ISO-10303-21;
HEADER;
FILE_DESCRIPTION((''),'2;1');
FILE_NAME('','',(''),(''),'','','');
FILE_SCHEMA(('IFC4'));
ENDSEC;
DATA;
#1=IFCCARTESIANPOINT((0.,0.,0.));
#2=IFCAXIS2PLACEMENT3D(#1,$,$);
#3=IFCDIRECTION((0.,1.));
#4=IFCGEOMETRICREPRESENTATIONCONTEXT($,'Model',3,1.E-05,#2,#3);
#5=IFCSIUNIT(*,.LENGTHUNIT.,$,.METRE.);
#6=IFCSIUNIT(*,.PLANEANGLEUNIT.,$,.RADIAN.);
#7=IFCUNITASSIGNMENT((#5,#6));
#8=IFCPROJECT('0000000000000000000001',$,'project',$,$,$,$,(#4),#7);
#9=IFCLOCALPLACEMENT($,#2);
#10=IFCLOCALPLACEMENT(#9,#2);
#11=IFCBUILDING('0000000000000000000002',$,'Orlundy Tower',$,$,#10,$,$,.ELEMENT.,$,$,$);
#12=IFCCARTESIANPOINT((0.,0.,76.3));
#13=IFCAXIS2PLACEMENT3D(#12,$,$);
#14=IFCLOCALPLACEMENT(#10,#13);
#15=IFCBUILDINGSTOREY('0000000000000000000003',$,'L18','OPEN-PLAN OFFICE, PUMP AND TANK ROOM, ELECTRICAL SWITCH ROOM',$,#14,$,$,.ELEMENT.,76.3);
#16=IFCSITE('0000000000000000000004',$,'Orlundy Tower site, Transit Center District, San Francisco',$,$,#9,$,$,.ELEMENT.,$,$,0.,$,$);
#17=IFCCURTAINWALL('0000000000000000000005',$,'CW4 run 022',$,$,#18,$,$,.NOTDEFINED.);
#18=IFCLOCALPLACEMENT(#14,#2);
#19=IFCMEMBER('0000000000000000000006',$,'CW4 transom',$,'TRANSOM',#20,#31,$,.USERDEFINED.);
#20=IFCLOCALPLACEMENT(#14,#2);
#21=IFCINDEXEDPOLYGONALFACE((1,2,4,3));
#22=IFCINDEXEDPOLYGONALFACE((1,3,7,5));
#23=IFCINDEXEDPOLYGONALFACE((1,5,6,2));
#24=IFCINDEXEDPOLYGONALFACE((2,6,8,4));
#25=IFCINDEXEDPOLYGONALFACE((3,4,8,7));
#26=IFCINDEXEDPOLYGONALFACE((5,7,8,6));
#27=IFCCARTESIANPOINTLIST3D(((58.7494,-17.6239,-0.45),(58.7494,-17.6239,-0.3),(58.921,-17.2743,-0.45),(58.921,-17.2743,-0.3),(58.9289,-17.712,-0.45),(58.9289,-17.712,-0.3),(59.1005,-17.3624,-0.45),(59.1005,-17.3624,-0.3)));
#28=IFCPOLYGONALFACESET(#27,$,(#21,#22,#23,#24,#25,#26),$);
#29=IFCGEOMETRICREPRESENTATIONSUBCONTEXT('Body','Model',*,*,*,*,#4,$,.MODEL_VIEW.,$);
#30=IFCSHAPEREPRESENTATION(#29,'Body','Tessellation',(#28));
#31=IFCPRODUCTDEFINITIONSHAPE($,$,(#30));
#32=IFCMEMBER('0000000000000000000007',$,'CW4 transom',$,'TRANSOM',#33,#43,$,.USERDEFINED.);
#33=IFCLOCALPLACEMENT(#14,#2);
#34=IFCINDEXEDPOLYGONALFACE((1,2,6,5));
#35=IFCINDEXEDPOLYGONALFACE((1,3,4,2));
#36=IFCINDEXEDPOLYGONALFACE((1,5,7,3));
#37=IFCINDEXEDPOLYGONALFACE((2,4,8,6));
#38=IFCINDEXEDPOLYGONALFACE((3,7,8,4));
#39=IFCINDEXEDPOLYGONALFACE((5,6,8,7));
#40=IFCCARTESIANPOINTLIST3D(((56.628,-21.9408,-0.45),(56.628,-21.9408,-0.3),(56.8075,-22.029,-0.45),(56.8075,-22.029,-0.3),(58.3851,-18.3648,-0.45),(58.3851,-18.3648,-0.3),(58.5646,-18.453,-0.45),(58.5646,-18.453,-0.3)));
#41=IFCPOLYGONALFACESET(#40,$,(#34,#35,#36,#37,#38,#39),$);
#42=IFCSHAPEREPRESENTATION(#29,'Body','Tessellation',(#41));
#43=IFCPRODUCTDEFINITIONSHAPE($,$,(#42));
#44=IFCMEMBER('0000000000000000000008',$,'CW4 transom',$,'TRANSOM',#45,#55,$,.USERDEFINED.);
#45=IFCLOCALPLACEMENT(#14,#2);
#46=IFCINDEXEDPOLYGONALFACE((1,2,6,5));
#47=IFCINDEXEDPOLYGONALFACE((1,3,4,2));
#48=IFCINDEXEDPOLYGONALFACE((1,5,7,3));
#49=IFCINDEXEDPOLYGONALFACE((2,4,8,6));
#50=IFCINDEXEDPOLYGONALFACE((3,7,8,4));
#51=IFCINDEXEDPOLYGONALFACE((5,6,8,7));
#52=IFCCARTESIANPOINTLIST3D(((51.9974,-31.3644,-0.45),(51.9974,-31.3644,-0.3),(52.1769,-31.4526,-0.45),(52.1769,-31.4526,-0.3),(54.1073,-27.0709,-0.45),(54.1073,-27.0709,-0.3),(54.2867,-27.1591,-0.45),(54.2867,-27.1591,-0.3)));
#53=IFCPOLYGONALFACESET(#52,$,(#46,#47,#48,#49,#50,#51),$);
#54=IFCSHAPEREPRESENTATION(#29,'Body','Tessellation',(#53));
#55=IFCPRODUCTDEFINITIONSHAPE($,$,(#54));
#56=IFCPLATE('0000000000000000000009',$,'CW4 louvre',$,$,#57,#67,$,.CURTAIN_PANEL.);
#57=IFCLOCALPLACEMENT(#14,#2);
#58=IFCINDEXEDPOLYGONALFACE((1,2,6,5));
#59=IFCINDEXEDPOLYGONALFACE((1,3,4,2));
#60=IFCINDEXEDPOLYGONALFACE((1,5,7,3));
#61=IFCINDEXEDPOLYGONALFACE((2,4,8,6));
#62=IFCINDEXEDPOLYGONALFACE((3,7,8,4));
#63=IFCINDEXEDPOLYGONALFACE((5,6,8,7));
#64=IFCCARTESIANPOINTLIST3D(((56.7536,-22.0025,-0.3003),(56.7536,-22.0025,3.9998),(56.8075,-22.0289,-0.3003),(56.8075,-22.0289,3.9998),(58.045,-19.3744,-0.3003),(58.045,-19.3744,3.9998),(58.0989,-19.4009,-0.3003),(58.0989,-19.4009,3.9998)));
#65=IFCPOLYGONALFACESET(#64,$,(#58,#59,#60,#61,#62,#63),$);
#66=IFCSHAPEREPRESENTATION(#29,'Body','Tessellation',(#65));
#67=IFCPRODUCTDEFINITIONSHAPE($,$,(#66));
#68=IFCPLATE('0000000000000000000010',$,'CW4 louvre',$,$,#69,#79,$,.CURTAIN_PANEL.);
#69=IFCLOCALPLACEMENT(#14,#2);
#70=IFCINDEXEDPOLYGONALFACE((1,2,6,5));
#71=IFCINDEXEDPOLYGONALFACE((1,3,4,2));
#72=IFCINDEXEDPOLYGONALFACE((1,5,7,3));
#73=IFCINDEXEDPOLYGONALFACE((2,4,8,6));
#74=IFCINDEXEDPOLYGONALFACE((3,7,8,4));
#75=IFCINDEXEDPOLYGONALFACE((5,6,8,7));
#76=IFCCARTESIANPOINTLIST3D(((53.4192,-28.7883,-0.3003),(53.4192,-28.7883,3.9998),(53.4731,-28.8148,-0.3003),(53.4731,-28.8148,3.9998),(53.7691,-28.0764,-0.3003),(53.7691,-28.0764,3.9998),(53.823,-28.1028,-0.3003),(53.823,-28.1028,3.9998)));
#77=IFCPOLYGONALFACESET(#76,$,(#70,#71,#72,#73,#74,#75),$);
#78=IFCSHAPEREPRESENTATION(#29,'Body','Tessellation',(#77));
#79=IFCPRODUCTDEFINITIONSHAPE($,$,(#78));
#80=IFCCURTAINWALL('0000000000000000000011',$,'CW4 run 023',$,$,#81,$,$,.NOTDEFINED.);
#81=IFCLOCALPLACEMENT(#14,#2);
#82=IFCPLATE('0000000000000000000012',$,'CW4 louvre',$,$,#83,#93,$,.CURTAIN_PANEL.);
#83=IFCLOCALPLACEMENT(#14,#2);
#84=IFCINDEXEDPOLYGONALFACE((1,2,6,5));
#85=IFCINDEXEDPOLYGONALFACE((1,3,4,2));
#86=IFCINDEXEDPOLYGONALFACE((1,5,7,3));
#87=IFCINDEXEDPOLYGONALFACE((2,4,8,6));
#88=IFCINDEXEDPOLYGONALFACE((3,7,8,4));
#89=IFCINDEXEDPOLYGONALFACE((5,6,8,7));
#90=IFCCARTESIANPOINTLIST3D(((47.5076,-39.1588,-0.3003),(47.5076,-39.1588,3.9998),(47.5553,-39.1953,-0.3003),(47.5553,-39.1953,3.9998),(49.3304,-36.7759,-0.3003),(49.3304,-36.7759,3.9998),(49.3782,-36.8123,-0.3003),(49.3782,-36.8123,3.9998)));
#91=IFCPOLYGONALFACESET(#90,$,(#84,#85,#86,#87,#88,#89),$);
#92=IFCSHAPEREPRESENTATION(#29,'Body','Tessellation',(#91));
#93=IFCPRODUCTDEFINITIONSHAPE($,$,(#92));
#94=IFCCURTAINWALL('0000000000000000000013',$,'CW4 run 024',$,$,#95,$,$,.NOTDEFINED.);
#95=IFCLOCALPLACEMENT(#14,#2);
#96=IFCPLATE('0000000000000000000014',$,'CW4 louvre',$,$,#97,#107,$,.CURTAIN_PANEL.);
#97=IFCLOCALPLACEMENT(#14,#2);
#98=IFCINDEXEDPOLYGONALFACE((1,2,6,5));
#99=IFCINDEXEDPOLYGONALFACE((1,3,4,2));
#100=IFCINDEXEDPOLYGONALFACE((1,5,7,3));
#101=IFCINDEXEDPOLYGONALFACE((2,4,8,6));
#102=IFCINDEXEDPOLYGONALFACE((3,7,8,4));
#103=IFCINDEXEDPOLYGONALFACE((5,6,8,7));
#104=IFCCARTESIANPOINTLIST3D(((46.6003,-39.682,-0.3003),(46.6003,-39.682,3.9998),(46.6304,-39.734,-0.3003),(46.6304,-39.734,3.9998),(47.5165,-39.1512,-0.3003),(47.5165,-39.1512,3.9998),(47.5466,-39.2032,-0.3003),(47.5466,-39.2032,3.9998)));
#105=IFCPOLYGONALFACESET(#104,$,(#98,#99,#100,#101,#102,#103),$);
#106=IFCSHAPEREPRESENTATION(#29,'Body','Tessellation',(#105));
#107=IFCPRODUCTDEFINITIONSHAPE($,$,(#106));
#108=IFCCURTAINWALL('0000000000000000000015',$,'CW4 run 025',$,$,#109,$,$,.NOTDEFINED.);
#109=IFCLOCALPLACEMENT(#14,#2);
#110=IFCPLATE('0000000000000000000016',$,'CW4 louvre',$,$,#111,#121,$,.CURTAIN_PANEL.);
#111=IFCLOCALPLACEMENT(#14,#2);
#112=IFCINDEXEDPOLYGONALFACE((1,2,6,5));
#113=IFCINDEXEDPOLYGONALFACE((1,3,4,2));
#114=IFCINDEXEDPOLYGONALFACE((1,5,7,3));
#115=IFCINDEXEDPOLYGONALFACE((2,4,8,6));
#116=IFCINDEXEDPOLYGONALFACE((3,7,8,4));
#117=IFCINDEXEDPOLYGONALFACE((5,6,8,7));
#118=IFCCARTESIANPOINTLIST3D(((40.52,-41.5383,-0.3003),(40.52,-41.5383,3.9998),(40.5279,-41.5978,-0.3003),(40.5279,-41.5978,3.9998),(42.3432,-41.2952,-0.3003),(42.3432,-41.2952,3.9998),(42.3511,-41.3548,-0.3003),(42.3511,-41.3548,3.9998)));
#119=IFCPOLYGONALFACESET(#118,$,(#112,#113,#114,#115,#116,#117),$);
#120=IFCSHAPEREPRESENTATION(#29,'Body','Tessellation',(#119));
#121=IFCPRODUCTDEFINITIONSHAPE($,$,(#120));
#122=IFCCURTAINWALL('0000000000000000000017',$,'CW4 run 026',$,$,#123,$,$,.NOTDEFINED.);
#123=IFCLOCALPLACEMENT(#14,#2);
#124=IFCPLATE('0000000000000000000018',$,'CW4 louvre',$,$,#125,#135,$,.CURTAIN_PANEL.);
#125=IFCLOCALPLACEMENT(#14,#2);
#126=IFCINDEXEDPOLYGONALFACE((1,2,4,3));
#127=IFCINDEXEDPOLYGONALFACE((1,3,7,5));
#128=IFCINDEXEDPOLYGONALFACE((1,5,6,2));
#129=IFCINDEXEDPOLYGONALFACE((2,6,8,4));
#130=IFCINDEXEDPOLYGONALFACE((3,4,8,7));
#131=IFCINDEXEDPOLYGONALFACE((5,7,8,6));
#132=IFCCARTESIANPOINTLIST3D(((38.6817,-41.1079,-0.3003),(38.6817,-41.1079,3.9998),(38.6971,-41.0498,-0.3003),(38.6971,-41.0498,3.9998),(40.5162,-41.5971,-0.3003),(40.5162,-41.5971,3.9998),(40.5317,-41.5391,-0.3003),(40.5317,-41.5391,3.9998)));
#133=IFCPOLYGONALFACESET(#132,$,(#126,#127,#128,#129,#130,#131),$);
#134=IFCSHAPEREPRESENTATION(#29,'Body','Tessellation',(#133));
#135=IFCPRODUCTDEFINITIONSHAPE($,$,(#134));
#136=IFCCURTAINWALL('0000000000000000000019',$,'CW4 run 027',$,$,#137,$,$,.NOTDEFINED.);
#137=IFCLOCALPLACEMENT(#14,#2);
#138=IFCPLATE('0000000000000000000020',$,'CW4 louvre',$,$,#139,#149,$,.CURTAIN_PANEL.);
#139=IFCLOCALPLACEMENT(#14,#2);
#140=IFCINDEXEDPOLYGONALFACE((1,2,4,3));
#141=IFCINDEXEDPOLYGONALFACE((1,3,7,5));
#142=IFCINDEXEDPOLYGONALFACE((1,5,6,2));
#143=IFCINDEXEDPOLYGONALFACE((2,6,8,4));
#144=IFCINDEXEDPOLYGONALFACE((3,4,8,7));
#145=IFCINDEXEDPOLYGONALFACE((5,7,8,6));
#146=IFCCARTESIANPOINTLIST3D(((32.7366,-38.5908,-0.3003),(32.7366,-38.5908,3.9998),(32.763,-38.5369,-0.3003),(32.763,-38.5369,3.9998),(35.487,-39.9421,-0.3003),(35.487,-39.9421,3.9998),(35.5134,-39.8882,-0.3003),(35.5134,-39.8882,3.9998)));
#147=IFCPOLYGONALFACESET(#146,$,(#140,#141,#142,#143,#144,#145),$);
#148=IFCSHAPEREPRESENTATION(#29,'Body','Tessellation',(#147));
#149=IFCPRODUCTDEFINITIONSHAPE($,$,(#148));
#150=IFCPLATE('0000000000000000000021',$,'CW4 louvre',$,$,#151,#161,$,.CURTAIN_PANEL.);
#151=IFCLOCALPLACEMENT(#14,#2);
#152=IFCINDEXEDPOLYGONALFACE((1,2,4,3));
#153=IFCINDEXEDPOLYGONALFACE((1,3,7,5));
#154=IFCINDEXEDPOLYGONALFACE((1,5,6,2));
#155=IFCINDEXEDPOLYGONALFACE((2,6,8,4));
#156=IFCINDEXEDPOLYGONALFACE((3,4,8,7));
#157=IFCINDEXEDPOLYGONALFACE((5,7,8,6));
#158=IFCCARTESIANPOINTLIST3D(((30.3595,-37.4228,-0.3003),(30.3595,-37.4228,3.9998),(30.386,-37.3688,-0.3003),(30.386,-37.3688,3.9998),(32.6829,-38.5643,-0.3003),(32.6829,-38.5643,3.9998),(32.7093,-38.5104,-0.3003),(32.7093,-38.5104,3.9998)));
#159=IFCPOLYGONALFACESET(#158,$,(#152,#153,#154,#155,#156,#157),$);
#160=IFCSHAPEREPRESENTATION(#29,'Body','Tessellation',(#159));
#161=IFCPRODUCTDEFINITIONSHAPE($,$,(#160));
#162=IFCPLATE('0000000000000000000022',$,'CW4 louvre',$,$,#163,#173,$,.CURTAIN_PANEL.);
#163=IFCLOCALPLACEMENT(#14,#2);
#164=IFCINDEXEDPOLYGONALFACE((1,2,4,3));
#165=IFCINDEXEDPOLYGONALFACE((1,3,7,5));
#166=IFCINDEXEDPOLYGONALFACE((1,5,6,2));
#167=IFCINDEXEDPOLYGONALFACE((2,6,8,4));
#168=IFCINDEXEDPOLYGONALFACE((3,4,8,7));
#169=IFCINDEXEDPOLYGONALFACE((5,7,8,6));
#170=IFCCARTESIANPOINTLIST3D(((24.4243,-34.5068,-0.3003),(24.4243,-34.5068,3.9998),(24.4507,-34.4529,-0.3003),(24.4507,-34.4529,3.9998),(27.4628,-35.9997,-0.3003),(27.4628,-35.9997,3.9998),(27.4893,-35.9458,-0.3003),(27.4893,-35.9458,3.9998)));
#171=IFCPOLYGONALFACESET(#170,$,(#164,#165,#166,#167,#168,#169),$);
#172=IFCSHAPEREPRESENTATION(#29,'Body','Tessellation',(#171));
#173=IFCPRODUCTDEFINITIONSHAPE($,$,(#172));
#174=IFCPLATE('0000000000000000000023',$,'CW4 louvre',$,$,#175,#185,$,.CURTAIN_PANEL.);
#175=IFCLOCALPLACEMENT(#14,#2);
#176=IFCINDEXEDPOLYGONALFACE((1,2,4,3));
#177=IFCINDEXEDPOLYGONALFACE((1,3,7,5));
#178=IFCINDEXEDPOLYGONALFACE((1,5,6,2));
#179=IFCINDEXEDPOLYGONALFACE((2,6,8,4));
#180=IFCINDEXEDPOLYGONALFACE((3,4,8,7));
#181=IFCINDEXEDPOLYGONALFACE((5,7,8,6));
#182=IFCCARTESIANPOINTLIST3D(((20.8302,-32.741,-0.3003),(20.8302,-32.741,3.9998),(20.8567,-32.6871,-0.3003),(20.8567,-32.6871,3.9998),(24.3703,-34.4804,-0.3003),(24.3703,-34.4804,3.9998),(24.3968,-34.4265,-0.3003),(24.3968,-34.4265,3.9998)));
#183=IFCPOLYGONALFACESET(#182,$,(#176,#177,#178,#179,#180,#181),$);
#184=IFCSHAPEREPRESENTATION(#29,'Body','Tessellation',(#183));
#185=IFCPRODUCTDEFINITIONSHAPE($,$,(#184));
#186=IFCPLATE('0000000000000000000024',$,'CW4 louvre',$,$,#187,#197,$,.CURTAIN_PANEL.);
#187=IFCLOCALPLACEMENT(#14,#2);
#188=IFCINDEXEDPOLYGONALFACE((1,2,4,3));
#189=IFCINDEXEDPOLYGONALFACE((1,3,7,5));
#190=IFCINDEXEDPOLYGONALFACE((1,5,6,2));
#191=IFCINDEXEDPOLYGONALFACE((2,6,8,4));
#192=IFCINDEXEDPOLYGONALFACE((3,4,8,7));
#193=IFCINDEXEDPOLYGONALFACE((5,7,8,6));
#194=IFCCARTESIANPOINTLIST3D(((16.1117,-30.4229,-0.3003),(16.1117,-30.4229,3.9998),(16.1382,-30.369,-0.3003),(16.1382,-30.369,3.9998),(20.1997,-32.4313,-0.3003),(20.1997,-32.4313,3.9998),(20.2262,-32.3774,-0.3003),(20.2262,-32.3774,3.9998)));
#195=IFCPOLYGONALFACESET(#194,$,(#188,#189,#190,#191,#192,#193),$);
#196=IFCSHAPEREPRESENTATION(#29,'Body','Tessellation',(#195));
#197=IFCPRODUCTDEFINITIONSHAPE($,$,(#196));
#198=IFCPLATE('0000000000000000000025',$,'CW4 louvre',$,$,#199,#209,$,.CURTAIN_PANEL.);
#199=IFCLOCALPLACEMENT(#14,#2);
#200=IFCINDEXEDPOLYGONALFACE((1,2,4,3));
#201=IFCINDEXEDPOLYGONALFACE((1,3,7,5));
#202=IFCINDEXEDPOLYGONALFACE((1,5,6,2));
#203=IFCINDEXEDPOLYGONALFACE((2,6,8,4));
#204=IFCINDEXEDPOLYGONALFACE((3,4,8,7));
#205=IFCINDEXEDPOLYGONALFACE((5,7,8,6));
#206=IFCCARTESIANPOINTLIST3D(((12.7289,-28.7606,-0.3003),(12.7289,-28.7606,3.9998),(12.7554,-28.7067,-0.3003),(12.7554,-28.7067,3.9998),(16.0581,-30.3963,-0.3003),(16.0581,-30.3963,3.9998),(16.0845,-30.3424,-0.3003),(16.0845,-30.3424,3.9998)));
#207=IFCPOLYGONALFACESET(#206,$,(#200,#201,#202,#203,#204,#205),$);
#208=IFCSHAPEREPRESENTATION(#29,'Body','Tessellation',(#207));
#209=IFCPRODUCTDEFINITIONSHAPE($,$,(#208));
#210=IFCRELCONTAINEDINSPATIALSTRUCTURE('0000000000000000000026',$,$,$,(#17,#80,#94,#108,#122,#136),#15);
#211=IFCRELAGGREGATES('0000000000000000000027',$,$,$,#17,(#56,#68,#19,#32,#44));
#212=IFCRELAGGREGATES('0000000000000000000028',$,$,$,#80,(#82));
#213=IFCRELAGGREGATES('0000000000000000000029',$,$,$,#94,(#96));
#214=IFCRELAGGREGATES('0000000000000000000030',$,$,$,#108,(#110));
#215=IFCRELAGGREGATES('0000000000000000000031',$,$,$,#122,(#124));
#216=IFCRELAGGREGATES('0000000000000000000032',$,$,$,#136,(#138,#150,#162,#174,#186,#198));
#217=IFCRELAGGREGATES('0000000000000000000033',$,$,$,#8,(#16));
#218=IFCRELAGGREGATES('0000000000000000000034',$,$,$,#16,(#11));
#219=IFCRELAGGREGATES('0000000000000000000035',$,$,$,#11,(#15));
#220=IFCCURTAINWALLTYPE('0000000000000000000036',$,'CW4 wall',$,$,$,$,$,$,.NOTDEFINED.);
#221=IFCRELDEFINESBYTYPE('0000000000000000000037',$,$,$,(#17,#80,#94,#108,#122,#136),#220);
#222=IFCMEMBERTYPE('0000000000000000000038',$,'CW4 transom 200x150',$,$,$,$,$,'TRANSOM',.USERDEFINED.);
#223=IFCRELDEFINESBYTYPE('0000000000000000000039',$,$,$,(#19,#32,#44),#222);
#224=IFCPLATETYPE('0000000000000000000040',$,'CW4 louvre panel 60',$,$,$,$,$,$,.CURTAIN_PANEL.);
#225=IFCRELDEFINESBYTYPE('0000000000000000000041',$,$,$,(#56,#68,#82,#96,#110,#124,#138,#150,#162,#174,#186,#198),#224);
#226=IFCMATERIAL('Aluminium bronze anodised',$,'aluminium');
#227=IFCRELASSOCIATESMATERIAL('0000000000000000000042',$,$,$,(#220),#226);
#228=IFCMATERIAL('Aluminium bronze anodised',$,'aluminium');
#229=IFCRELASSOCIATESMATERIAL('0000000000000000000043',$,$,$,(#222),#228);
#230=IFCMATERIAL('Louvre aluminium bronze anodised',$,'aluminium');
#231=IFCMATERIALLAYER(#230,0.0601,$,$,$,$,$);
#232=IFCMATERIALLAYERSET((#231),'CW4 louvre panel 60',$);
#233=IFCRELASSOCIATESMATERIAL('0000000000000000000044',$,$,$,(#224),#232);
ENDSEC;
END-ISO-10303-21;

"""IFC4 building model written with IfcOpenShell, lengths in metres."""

from ifc_helpers import new_model, si_unit, direction, frame, origin, origin_2d, place, context, subcontext, project, spatial, rectangle, extrude, material, layer, layer_set, material_profile, profile_set, type_object, element, aggregate, save


model = new_model("IFC4")

# Units and contexts
model_context = context("Model", 3, precision=1e-05, world=origin(), true_north=direction((0.0, 1.0)))
body_context = subcontext(model_context, "Body", "Model", "MODEL_VIEW")
ifc_project = project(units=[si_unit("LENGTHUNIT", "METRE"), si_unit("PLANEANGLEUNIT", "RADIAN")], contexts=[model_context])

# Site, building, storey
site_placement = place(None, origin())
site = spatial("IfcSite", under=ifc_project, at=site_placement, Name="Orlundy Tower site, Transit Center District, San Francisco", CompositionType="ELEMENT", RefElevation=0.0)
building_placement = place(site_placement, origin())
building = spatial("IfcBuilding", under=site, at=building_placement, Name="Orlundy Tower", CompositionType="ELEMENT")
storey_placement = place(building_placement, frame((0.0, 0.0, 76.3)))
storey = spatial("IfcBuildingStorey", under=building, at=storey_placement, Name="L18", Description="OPEN-PLAN OFFICE, PUMP AND TANK ROOM, ELECTRICAL SWITCH ROOM", CompositionType="ELEMENT", Elevation=76.3)

# Curtain wall, members, plates
ifc_material_1 = material(Name="Aluminium bronze anodised", Category="aluminium")
curtain_wall_type = type_object("IfcCurtainWallType", Name="CW4 wall", PredefinedType="NOTDEFINED", material=ifc_material_1)
curtain_wall_1_placement = place(storey_placement, origin())
curtain_wall_1 = element("IfcCurtainWall", 1, at=curtain_wall_1_placement, inside=storey, type_object=curtain_wall_type, Name="CW4 run 022", PredefinedType="NOTDEFINED")
ifc_material_2 = material(Name="Aluminium bronze anodised", Category="aluminium")
ifc_material_profile = material_profile(ifc_material_2, rectangle(XDim=0.2, YDim=0.1499, at=origin_2d()), Name="CW4 transom 200x150")
ifc_profile_set = profile_set([ifc_material_profile], Name="Aluminium bronze anodised")
member_type = type_object("IfcMemberType", Name="CW4 transom 200x150", ElementType="TRANSOM", PredefinedType="USERDEFINED", material=ifc_profile_set)
member_1_placement = place(storey_placement, frame((59.0107, -17.3184, -0.375), z_axis=(-0.440682, -0.897663, 0.0), x_axis=(0.897663, -0.440682, 0.0)))
member_1 = element("IfcMember", 2, at=member_1_placement, type_object=member_type, Name="CW4 transom", ObjectType="TRANSOM", PredefinedType="USERDEFINED", context=body_context, shape_type="SweptSolid", body=[
    extrude(rectangle(XDim=0.2, YDim=0.1499, at=origin_2d()), origin(), (0.0, 0.0, 1.0), 0.3894),
])
member_2_placement = place(storey_placement, frame((58.4749, -18.4089, -0.375), z_axis=(-0.441002, -0.897506, 0.0), x_axis=(0.897506, -0.441002, 0.0)))
member_2 = element("IfcMember", 3, at=member_2_placement, type_object=member_type, Name="CW4 transom", ObjectType="TRANSOM", PredefinedType="USERDEFINED", context=body_context, shape_type="SweptSolid", body=[
    extrude(rectangle(XDim=0.2, YDim=0.1499, at=origin_2d()), origin(), (0.0, 0.0, 1.0), 3.9844),
])
member_3_placement = place(storey_placement, frame((54.197, -27.115, -0.375), z_axis=(-0.441038, -0.897488, 0.0), x_axis=(0.897488, -0.441038, 0.0)))
member_3 = element("IfcMember", 4, at=member_3_placement, type_object=member_type, Name="CW4 transom", ObjectType="TRANSOM", PredefinedType="USERDEFINED", context=body_context, shape_type="SweptSolid", body=[
    extrude(rectangle(XDim=0.2, YDim=0.1499, at=origin_2d()), origin(), (0.0, 0.0, 1.0), 4.7839),
])
ifc_material_3 = material(Name="Louvre aluminium bronze anodised", Category="aluminium")
ifc_layer_1 = layer(ifc_material_3, 0.0601)
ifc_layer_set_1 = layer_set([ifc_layer_1], Name="CW4 louvre panel 60")
plate_type = type_object("IfcPlateType", Name="CW4 louvre panel 60", PredefinedType="CURTAIN_PANEL", material=ifc_layer_set_1)
plate_1_placement = place(storey_placement, frame((57.4263, -20.7017, -0.3003), z_axis=(0.0, 0.0, 1.0), x_axis=(-0.441012, -0.897501, 0.0)))
plate_1 = element("IfcPlate", 5, at=plate_1_placement, type_object=plate_type, Name="CW4 louvre", PredefinedType="CURTAIN_PANEL", context=body_context, shape_type="SweptSolid", body=[
    extrude(rectangle(XDim=2.9282, YDim=0.0601, at=origin_2d()), origin(), (0.0, 0.0, 1.0), 4.3),
])
plate_2_placement = place(storey_placement, frame((53.6211, -28.4456, -0.3003), z_axis=(0.0, 0.0, 1.0), x_axis=(-0.441012, -0.897501, 0.0)))
plate_2 = element("IfcPlate", 6, at=plate_2_placement, type_object=plate_type, Name="CW4 louvre", PredefinedType="CURTAIN_PANEL", context=body_context, shape_type="SweptSolid", body=[
    extrude(rectangle(XDim=0.7932, YDim=0.0601, at=origin_2d()), origin(), (0.0, 0.0, 1.0), 4.3),
])
aggregate(curtain_wall_1, [plate_1, plate_2, member_1, member_2, member_3])

# Curtain walls, plates
curtain_wall_2_placement = place(storey_placement, origin())
curtain_wall_2 = element("IfcCurtainWall", 7, at=curtain_wall_2_placement, inside=storey, type_object=curtain_wall_type, Name="CW4 run 023", PredefinedType="NOTDEFINED")
plate_3_placement = place(storey_placement, frame((48.4429, -37.9856, -0.3003), z_axis=(0.0, 0.0, 1.0), x_axis=(-0.60757, -0.794266, 0.0)))
plate_3 = element("IfcPlate", 8, at=plate_3_placement, type_object=plate_type, Name="CW4 louvre", PredefinedType="CURTAIN_PANEL", context=body_context, shape_type="SweptSolid", body=[
    extrude(rectangle(XDim=3.0002, YDim=0.0601, at=origin_2d()), origin(), (0.0, 0.0, 1.0), 4.3),
])
aggregate(curtain_wall_2, [plate_3])
curtain_wall_3_placement = place(storey_placement, origin())
curtain_wall_3 = element("IfcCurtainWall", 9, at=curtain_wall_3_placement, inside=storey, type_object=curtain_wall_type, Name="CW4 run 024", PredefinedType="NOTDEFINED")
plate_4_placement = place(storey_placement, frame((47.0735, -39.4426, -0.3003), z_axis=(0.0, 0.0, 1.0), x_axis=(-0.865272, -0.501302, 0.0)))
plate_4 = element("IfcPlate", 10, at=plate_4_placement, type_object=plate_type, Name="CW4 louvre", PredefinedType="CURTAIN_PANEL", context=body_context, shape_type="SweptSolid", body=[
    extrude(rectangle(XDim=1.0588, YDim=0.0601, at=origin_2d()), origin(), (0.0, 0.0, 1.0), 4.3),
])
aggregate(curtain_wall_3, [plate_4])
curtain_wall_4_placement = place(storey_placement, origin())
curtain_wall_4 = element("IfcCurtainWall", 11, at=curtain_wall_4_placement, inside=storey, type_object=curtain_wall_type, Name="CW4 run 025", PredefinedType="NOTDEFINED")
plate_5_placement = place(storey_placement, frame((41.4355, -41.4465, -0.3003), z_axis=(0.0, 0.0, 1.0), x_axis=(-0.991228, -0.132164, 0.0)))
plate_5 = element("IfcPlate", 12, at=plate_5_placement, type_object=plate_type, Name="CW4 louvre", PredefinedType="CURTAIN_PANEL", context=body_context, shape_type="SweptSolid", body=[
    extrude(rectangle(XDim=1.8394, YDim=0.0601, at=origin_2d()), origin(), (0.0, 0.0, 1.0), 4.3),
])
aggregate(curtain_wall_4, [plate_5])
curtain_wall_5_placement = place(storey_placement, origin())
curtain_wall_5 = element("IfcCurtainWall", 13, at=curtain_wall_5_placement, inside=storey, type_object=curtain_wall_type, Name="CW4 run 026", PredefinedType="NOTDEFINED")
plate_6_placement = place(storey_placement, frame((39.6067, -41.3235, -0.3003), z_axis=(0.0, 0.0, 1.0), x_axis=(-0.96623, 0.257679, 0.0)))
plate_6 = element("IfcPlate", 14, at=plate_6_placement, type_object=plate_type, Name="CW4 louvre", PredefinedType="CURTAIN_PANEL", context=body_context, shape_type="SweptSolid", body=[
    extrude(rectangle(XDim=1.8987, YDim=0.0601, at=origin_2d()), origin(), (0.0, 0.0, 1.0), 4.3),
])
aggregate(curtain_wall_5, [plate_6])

# Curtain wall, plates
curtain_wall_6_placement = place(storey_placement, origin())
curtain_wall_6 = element("IfcCurtainWall", 15, at=curtain_wall_6_placement, inside=storey, type_object=curtain_wall_type, Name="CW4 run 027", PredefinedType="NOTDEFINED")
plate_7_placement = place(storey_placement, frame((34.125, -39.2395, -0.3003), z_axis=(0.0, 0.0, 1.0), x_axis=(-0.897522, 0.440969, 0.0)))
plate_7 = element("IfcPlate", 16, at=plate_7_placement, type_object=plate_type, Name="CW4 louvre", PredefinedType="CURTAIN_PANEL", context=body_context, shape_type="SweptSolid", body=[
    extrude(rectangle(XDim=3.0645, YDim=0.0601, at=origin_2d()), origin(), (0.0, 0.0, 1.0), 4.3),
])
plate_8_placement = place(storey_placement, frame((31.5344, -37.9666, -0.3003), z_axis=(0.0, 0.0, 1.0), x_axis=(-0.897522, 0.440969, 0.0)))
plate_8 = element("IfcPlate", 17, at=plate_8_placement, type_object=plate_type, Name="CW4 louvre", PredefinedType="CURTAIN_PANEL", context=body_context, shape_type="SweptSolid", body=[
    extrude(rectangle(XDim=2.5886, YDim=0.0601, at=origin_2d()), origin(), (0.0, 0.0, 1.0), 4.3),
])
plate_9_placement = place(storey_placement, frame((25.9568, -35.2263, -0.3003), z_axis=(0.0, 0.0, 1.0), x_axis=(-0.897522, 0.440969, 0.0)))
plate_9 = element("IfcPlate", 18, at=plate_9_placement, type_object=plate_type, Name="CW4 louvre", PredefinedType="CURTAIN_PANEL", context=body_context, shape_type="SweptSolid", body=[
    extrude(rectangle(XDim=3.3855, YDim=0.0601, at=origin_2d()), origin(), (0.0, 0.0, 1.0), 4.3),
])
plate_10_placement = place(storey_placement, frame((22.6135, -33.5837, -0.3003), z_axis=(0.0, 0.0, 1.0), x_axis=(-0.897522, 0.440969, 0.0)))
plate_10 = element("IfcPlate", 19, at=plate_10_placement, type_object=plate_type, Name="CW4 louvre", PredefinedType="CURTAIN_PANEL", context=body_context, shape_type="SweptSolid", body=[
    extrude(rectangle(XDim=3.9443, YDim=0.0601, at=origin_2d()), origin(), (0.0, 0.0, 1.0), 4.3),
])
plate_11_placement = place(storey_placement, frame((18.1689, -31.4001, -0.3003), z_axis=(0.0, 0.0, 1.0), x_axis=(-0.897522, 0.440969, 0.0)))
plate_11 = element("IfcPlate", 20, at=plate_11_placement, type_object=plate_type, Name="CW4 louvre", PredefinedType="CURTAIN_PANEL", context=body_context, shape_type="SweptSolid", body=[
    extrude(rectangle(XDim=4.5547, YDim=0.0601, at=origin_2d()), origin(), (0.0, 0.0, 1.0), 4.3),
])
plate_12_placement = place(storey_placement, frame((14.4067, -29.5515, -0.3003), z_axis=(0.0, 0.0, 1.0), x_axis=(-0.897522, 0.440969, 0.0)))
plate_12 = element("IfcPlate", 21, at=plate_12_placement, type_object=plate_type, Name="CW4 louvre", PredefinedType="CURTAIN_PANEL", context=body_context, shape_type="SweptSolid", body=[
    extrude(rectangle(XDim=3.7092, YDim=0.0601, at=origin_2d()), origin(), (0.0, 0.0, 1.0), 4.3),
])
aggregate(curtain_wall_6, [plate_7, plate_8, plate_9, plate_10, plate_11, plate_12])

save(model, "model.ifc")
